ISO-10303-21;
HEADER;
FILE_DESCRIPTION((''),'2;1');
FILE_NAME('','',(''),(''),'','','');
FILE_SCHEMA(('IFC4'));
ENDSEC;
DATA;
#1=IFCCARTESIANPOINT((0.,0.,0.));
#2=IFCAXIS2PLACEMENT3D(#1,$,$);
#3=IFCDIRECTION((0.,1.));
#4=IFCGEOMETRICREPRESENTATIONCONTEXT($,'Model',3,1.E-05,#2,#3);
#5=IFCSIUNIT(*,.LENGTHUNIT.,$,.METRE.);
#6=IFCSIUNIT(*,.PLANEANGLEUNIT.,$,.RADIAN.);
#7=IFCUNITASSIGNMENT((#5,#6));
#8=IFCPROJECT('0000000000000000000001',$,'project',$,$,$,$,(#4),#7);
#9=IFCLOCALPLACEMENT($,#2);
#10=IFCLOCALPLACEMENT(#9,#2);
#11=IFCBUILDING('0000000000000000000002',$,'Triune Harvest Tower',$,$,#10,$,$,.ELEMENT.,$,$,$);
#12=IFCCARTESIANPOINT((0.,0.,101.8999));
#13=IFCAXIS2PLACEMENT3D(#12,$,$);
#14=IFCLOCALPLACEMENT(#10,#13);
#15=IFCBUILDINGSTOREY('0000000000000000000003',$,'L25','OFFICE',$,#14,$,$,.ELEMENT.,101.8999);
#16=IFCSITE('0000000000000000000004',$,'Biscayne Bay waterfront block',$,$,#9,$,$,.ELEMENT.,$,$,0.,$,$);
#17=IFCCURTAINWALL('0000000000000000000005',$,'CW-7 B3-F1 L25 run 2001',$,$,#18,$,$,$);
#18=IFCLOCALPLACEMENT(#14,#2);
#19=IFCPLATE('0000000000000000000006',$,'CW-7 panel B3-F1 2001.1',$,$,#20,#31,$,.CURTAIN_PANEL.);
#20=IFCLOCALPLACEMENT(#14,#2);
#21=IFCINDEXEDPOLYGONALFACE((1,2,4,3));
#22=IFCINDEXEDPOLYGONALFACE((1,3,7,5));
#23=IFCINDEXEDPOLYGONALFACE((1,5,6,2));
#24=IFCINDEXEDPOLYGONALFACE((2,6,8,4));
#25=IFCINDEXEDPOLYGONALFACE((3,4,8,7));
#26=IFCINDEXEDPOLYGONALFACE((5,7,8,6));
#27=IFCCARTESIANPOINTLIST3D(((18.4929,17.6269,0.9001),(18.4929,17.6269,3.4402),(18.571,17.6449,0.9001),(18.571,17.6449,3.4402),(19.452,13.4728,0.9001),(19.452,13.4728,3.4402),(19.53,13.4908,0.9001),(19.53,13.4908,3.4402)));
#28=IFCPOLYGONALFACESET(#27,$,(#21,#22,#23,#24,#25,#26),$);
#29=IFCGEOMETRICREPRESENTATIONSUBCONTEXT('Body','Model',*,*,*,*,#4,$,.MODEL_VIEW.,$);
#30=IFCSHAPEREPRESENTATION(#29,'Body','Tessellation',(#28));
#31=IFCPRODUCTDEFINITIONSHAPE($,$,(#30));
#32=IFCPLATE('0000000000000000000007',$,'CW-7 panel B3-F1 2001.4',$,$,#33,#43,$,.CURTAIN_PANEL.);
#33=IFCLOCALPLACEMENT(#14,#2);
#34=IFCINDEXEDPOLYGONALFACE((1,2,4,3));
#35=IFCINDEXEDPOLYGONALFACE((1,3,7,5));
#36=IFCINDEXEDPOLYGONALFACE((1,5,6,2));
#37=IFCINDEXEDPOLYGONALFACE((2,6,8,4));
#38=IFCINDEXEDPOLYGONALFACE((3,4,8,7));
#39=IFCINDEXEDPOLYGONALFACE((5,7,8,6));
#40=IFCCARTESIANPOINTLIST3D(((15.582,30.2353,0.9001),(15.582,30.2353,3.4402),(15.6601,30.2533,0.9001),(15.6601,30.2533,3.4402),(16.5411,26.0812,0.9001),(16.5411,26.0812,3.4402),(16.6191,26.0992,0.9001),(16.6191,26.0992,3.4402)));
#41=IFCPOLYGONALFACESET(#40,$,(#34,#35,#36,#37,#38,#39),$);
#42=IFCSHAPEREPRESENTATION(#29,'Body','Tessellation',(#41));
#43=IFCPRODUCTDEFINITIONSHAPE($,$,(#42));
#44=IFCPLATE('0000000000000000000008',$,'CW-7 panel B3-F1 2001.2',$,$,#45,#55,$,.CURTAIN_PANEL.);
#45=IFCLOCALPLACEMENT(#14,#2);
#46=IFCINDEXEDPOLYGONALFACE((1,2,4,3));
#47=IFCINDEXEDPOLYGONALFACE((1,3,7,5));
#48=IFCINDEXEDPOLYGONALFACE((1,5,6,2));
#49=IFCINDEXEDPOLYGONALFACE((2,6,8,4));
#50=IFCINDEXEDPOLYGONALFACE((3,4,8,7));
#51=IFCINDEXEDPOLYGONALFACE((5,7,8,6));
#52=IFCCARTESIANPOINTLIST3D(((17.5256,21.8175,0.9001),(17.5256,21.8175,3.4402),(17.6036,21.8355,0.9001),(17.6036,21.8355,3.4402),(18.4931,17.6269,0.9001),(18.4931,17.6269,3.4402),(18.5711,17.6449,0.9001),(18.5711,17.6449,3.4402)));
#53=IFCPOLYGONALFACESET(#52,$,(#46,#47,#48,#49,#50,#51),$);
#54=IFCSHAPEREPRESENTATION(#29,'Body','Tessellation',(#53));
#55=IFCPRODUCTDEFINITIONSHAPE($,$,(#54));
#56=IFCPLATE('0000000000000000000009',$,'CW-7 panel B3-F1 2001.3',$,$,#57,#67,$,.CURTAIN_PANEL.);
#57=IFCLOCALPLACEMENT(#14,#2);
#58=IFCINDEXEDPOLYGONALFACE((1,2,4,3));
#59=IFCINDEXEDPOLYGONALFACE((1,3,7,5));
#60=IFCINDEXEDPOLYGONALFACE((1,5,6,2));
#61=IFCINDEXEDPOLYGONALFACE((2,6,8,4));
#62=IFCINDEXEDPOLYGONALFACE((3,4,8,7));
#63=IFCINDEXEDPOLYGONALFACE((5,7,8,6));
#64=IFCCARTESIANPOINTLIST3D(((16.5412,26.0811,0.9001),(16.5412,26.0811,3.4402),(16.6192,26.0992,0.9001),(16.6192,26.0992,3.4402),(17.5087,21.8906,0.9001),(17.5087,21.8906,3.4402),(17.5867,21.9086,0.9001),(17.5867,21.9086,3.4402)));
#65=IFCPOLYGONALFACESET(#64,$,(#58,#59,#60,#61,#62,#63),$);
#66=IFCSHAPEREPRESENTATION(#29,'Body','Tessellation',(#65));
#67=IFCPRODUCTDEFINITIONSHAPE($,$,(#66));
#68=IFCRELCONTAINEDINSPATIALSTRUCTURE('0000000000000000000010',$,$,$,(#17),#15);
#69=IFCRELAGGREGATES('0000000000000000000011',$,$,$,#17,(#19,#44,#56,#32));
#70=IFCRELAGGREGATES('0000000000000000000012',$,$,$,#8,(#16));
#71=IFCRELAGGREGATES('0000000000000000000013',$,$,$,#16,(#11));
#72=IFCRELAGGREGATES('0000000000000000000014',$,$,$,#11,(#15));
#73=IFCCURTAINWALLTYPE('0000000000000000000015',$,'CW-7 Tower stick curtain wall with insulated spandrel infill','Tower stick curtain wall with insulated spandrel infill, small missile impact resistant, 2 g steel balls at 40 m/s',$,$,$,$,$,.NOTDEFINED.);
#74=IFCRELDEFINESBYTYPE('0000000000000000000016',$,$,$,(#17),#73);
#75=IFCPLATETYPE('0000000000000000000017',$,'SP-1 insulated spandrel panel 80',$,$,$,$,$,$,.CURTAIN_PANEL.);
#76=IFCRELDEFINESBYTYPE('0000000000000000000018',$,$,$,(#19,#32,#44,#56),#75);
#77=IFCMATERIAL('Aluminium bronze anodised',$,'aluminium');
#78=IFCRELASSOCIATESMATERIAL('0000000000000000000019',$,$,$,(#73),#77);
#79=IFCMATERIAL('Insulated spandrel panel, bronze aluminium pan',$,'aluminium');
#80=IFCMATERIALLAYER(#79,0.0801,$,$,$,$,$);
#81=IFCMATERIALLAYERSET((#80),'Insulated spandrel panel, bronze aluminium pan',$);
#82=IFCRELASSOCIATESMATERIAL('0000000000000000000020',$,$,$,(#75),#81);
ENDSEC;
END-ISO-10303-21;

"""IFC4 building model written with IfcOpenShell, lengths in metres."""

from ifc_helpers import new_model, si_unit, direction, frame, origin, origin_2d, place, context, subcontext, project, spatial, rectangle, extrude, source, transform, mapped, material, layer, layer_set, type_object, element, aggregate, save


model = new_model("IFC4")

# Units and contexts
model_context = context("Model", 3, precision=1e-05, world=origin(), true_north=direction((0.0, 1.0)))
body_context = subcontext(model_context, "Body", "Model", "MODEL_VIEW")
ifc_project = project(units=[si_unit("LENGTHUNIT", "METRE"), si_unit("PLANEANGLEUNIT", "RADIAN")], contexts=[model_context])

# Site, building, storey
site_placement = place(None, origin())
site = spatial("IfcSite", under=ifc_project, at=site_placement, Name="Biscayne Bay waterfront block", CompositionType="ELEMENT", RefElevation=0.0)
building_placement = place(site_placement, origin())
building = spatial("IfcBuilding", under=site, at=building_placement, Name="Triune Harvest Tower", CompositionType="ELEMENT")
storey_placement = place(building_placement, frame((0.0, 0.0, 101.8999)))
storey = spatial("IfcBuildingStorey", under=building, at=storey_placement, Name="L25", Description="OFFICE", CompositionType="ELEMENT", Elevation=101.8999)

# Curtain wall
ifc_material_1 = material(Name="Aluminium bronze anodised", Category="aluminium")
curtain_wall_type_1 = type_object("IfcCurtainWallType", Name="CW-7 Tower stick curtain wall with insulated spandrel infill", Description="Tower stick curtain wall with insulated spandrel infill, small missile impact resistant, 2 g steel balls at 40 m/s", PredefinedType="NOTDEFINED", material=ifc_material_1)
curtain_wall_1_placement = place(storey_placement, origin())
curtain_wall_1 = element("IfcCurtainWall", 1, at=curtain_wall_1_placement, inside=storey, type_object=curtain_wall_type_1, Name="CW-7 B3-F1 L25 run 2001")

# Plates
ifc_material_2 = material(Name="Insulated spandrel panel, bronze aluminium pan", Category="aluminium")
ifc_layer_1 = layer(ifc_material_2, 0.0801)
ifc_layer_set_1 = layer_set([ifc_layer_1], Name="Insulated spandrel panel, bronze aluminium pan")
plate_type_1 = type_object("IfcPlateType", Name="SP-1 insulated spandrel panel 80", PredefinedType="CURTAIN_PANEL", material=ifc_layer_set_1)
shared_shape_1 = source(origin(), body_context, "Body", "SweptSolid", [
    extrude(rectangle(XDim=4.2634, YDim=0.0801, at=origin_2d()), origin(), (0.0, 0.0, 1.0), 2.54),
])
plate_1_placement = place(storey_placement, frame((19.0115, 15.5588, 0.9001), z_axis=(0.0, 0.0, 1.0), x_axis=(-0.224951, 0.97437, 0.0)))
plate_1 = element("IfcPlate", 2, at=plate_1_placement, type_object=plate_type_1, Name="CW-7 panel B3-F1 2001.1", PredefinedType="CURTAIN_PANEL", context=body_context, shape_type="MappedRepresentation", body=[
    mapped(shared_shape_1, transform((0.0, 0.0, 0.0), scale=1.0)),
])
plate_2_placement = place(storey_placement, frame((16.1006, 28.1672, 0.9001), z_axis=(0.0, 0.0, 1.0), x_axis=(-0.224951, 0.97437, 0.0)))
plate_2 = element("IfcPlate", 3, at=plate_2_placement, type_object=plate_type_1, Name="CW-7 panel B3-F1 2001.4", PredefinedType="CURTAIN_PANEL", context=body_context, shape_type="MappedRepresentation", body=[
    mapped(shared_shape_1, transform((0.0, 0.0, 0.0), scale=1.0)),
])
shared_shape_2 = source(origin(), body_context, "Body", "SweptSolid", [
    extrude(rectangle(XDim=4.3008, YDim=0.0801, at=origin_2d()), origin(), (0.0, 0.0, 1.0), 2.54),
])
plate_3_placement = place(storey_placement, frame((18.0483, 19.7312, 0.9001), z_axis=(0.0, 0.0, 1.0), x_axis=(-0.224951, 0.97437, 0.0)))
plate_3 = element("IfcPlate", 4, at=plate_3_placement, type_object=plate_type_1, Name="CW-7 panel B3-F1 2001.2", PredefinedType="CURTAIN_PANEL", context=body_context, shape_type="MappedRepresentation", body=[
    mapped(shared_shape_2, transform((0.0, 0.0, 0.0), scale=1.0)),
])
plate_4_placement = place(storey_placement, frame((17.064, 23.9949, 0.9001), z_axis=(0.0, 0.0, 1.0), x_axis=(-0.224951, 0.97437, 0.0)))
plate_4 = element("IfcPlate", 5, at=plate_4_placement, type_object=plate_type_1, Name="CW-7 panel B3-F1 2001.3", PredefinedType="CURTAIN_PANEL", context=body_context, shape_type="MappedRepresentation", body=[
    mapped(shared_shape_2, transform((0.0, 0.0, 0.0), scale=1.0)),
])
aggregate(curtain_wall_1, [plate_1, plate_3, plate_4, plate_2])

save(model, "model.ifc")
